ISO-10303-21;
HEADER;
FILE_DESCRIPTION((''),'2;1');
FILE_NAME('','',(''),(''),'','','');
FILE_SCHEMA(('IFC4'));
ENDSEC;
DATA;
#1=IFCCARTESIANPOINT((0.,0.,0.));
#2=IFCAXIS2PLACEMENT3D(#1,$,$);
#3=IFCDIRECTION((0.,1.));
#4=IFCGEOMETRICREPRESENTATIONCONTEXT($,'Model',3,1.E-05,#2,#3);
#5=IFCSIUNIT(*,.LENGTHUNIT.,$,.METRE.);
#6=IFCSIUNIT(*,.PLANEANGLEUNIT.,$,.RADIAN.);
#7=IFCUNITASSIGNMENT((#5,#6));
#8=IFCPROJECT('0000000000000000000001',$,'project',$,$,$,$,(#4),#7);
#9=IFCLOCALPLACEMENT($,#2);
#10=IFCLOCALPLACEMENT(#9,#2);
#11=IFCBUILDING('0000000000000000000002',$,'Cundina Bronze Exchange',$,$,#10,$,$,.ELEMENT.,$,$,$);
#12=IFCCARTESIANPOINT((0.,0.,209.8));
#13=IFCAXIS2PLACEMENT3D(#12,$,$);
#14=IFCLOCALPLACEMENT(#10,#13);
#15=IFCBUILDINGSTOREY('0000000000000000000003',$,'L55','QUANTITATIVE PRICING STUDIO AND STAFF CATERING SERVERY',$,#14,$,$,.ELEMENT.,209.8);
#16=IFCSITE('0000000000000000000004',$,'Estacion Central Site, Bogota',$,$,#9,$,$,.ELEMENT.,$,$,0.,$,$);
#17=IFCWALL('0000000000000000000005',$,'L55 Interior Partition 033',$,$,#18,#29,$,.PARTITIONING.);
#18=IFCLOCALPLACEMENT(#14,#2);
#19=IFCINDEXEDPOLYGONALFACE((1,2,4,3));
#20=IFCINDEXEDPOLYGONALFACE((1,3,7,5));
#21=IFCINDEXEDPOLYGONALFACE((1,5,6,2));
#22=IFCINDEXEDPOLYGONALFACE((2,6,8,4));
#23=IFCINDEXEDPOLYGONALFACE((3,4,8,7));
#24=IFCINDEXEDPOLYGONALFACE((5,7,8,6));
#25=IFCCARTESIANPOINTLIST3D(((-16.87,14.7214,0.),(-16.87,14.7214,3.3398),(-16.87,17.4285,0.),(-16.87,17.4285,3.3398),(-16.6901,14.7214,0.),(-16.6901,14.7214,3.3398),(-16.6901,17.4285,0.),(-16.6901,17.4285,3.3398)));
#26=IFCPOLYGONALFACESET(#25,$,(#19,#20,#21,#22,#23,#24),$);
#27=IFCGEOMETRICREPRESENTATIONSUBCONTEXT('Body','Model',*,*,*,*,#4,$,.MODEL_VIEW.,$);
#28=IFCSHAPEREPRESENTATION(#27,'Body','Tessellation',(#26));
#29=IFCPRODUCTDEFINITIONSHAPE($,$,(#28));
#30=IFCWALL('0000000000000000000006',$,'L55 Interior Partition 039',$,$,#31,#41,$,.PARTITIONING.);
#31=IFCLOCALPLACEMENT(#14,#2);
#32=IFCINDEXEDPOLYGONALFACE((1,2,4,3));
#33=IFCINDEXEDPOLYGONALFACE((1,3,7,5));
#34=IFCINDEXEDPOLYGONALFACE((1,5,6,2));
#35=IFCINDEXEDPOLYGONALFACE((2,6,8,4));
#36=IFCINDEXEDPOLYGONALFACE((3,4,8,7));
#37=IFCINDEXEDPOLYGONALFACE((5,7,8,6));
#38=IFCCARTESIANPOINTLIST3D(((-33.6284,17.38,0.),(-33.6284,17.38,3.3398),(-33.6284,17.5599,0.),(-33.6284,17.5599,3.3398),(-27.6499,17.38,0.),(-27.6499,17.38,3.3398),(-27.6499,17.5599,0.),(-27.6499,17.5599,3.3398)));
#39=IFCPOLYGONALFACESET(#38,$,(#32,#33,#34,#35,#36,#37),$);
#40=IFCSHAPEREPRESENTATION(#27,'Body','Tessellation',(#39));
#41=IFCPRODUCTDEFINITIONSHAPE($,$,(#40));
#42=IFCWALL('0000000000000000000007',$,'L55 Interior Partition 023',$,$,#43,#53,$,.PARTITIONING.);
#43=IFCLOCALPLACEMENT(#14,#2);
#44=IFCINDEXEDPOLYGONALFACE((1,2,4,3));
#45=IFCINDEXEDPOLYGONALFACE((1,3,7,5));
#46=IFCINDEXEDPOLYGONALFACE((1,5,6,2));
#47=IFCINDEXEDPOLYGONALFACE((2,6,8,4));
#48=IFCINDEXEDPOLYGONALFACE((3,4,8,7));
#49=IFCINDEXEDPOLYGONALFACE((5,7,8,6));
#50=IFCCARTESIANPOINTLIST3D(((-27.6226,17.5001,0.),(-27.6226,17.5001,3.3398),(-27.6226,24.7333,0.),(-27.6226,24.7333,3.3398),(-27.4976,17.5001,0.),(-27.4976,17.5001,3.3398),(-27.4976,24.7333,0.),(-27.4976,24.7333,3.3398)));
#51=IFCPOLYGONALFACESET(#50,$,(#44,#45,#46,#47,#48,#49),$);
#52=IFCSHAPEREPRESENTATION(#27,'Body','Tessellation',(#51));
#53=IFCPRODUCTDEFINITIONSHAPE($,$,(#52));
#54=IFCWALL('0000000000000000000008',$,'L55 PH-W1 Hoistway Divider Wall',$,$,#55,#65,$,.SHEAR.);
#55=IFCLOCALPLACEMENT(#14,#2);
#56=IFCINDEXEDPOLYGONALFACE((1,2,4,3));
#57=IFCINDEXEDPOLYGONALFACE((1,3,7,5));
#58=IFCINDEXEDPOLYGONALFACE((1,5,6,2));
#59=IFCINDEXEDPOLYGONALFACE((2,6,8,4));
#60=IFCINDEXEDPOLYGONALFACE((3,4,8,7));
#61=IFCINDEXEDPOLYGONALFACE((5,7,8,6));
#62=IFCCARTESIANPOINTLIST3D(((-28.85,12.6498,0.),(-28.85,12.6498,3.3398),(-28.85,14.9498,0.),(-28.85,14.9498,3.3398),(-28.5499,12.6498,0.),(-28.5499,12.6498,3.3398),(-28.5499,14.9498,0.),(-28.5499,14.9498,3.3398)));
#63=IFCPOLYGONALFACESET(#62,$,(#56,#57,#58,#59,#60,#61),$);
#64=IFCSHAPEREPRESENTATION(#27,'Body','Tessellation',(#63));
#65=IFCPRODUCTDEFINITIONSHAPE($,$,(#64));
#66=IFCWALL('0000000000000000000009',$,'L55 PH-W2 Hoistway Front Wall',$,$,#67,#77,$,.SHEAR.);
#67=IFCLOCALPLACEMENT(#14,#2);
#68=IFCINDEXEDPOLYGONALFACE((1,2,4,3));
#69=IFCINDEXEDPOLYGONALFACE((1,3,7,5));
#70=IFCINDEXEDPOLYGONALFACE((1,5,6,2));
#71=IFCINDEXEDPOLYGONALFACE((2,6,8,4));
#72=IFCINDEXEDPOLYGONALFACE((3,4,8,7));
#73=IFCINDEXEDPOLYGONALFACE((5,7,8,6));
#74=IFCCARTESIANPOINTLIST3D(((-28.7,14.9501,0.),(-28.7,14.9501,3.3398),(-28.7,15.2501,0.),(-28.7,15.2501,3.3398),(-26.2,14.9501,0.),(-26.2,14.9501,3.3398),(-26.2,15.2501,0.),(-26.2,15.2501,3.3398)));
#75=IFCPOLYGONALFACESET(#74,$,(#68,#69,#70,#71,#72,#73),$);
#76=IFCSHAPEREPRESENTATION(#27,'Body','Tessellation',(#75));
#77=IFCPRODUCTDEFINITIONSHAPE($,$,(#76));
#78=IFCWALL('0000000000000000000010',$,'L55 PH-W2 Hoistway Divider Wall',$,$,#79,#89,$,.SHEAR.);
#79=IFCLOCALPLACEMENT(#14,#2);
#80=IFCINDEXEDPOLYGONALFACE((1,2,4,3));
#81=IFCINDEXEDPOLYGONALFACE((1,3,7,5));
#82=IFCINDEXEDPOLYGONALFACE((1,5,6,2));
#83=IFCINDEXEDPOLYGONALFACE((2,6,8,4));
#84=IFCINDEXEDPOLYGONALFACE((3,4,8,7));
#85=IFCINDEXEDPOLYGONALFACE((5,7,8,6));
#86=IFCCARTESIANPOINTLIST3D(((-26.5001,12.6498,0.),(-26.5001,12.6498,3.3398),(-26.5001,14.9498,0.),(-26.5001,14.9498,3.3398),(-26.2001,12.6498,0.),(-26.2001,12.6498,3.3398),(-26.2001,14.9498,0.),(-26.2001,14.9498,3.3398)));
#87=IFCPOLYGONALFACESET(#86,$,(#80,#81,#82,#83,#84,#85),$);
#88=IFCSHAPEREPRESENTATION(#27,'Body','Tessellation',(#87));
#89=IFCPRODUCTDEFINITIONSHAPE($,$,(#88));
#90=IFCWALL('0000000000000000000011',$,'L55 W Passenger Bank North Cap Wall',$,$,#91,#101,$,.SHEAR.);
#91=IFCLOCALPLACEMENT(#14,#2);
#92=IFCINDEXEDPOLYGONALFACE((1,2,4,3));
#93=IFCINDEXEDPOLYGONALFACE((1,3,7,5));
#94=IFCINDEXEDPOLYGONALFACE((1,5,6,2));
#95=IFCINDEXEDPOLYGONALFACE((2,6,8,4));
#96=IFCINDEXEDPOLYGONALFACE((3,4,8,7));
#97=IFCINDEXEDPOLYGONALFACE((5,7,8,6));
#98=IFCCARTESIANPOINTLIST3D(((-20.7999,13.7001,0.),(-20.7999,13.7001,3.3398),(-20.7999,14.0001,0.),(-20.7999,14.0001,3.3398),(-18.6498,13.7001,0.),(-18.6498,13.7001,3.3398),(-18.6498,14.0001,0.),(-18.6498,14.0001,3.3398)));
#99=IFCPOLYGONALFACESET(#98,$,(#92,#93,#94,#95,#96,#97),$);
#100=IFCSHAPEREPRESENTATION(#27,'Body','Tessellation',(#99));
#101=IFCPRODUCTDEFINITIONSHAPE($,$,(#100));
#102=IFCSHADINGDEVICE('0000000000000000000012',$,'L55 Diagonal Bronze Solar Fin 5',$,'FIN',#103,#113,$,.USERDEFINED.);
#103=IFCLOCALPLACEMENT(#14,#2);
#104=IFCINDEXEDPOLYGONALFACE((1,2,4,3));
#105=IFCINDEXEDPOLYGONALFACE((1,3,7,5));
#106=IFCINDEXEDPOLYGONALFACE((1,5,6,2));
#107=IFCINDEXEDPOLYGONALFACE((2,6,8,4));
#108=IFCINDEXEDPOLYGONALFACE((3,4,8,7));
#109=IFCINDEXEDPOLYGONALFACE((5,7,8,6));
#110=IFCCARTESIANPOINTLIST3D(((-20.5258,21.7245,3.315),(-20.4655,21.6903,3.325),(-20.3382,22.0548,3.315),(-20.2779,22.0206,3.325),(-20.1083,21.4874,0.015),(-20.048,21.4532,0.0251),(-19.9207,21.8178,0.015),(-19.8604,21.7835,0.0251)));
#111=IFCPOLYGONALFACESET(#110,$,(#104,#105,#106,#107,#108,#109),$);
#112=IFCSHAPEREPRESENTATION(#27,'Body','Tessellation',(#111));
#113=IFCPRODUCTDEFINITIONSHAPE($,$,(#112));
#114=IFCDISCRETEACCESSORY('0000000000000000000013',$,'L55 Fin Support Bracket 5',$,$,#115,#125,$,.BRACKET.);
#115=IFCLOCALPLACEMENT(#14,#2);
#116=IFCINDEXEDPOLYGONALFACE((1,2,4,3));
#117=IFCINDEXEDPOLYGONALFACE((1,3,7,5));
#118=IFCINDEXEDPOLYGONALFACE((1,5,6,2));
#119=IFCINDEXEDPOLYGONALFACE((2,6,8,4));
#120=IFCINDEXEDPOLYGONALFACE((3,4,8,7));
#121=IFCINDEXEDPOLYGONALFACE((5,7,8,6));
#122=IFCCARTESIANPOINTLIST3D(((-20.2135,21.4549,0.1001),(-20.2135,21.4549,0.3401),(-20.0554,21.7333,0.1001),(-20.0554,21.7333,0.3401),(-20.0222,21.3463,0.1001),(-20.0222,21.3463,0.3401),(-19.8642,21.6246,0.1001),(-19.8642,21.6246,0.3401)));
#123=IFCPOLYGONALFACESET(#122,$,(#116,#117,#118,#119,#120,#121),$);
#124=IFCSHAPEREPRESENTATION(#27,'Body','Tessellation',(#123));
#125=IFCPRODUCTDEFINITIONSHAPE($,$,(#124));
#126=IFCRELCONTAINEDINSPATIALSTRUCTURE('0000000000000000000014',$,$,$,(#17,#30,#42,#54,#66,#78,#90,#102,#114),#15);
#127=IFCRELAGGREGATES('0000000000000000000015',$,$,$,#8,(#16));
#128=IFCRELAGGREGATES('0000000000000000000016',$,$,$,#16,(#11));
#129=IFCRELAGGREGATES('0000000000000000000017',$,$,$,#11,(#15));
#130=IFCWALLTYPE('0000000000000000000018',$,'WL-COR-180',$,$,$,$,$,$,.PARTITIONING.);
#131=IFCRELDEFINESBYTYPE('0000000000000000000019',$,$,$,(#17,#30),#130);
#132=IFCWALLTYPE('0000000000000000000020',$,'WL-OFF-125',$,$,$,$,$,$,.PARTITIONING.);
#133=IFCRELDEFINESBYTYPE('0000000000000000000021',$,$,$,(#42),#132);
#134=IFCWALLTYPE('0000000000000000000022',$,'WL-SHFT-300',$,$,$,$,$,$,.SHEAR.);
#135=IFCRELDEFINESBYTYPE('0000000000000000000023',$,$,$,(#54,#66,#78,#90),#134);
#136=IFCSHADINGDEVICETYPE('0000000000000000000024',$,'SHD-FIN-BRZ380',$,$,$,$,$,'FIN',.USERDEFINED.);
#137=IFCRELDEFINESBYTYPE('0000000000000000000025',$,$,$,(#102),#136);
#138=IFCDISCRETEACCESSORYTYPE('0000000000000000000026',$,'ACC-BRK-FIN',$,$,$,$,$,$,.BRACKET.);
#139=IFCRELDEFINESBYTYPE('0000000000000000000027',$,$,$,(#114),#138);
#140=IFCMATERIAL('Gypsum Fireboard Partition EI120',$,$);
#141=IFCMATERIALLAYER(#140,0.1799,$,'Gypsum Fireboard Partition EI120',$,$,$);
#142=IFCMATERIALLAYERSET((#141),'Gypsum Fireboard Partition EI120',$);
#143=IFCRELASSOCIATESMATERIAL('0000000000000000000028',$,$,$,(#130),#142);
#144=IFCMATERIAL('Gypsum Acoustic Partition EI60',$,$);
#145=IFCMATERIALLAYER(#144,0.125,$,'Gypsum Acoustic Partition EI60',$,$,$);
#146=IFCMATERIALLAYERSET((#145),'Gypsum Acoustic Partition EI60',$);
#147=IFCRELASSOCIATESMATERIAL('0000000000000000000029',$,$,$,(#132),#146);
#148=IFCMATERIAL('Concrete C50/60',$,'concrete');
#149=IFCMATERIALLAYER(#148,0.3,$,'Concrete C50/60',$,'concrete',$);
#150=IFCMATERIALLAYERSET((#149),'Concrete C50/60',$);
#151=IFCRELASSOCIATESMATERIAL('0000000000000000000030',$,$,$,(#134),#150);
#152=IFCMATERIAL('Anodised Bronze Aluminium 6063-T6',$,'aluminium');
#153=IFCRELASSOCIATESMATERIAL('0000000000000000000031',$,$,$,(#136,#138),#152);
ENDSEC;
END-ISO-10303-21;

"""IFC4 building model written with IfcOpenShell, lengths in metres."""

from ifc_helpers import new_model, si_unit, direction, frame, frame_2d, origin, origin_2d, place, context, subcontext, project, spatial, rectangle, extrude, material, layer, layer_set, material_profile, profile_set, type_object, element, save


model = new_model("IFC4")

# Units and contexts
model_context = context("Model", 3, precision=1e-05, world=origin(), true_north=direction((0.0, 1.0)))
body_context = subcontext(model_context, "Body", "Model", "MODEL_VIEW")
ifc_project = project(units=[si_unit("LENGTHUNIT", "METRE"), si_unit("PLANEANGLEUNIT", "RADIAN")], contexts=[model_context])

# Site, building, storey
site_placement = place(None, origin())
site = spatial("IfcSite", under=ifc_project, at=site_placement, Name="Estacion Central Site, Bogota", CompositionType="ELEMENT", RefElevation=0.0)
building_placement = place(site_placement, origin())
building = spatial("IfcBuilding", under=site, at=building_placement, Name="Cundina Bronze Exchange", CompositionType="ELEMENT")
storey_placement = place(building_placement, frame((0.0, 0.0, 209.8)))
storey = spatial("IfcBuildingStorey", under=building, at=storey_placement, Name="L55", Description="QUANTITATIVE PRICING STUDIO AND STAFF CATERING SERVERY", CompositionType="ELEMENT", Elevation=209.8)

# Shared definitions
ifc_material_1 = material(Name="Concrete C50/60", Category="concrete")

# Shared definitions
ifc_material_2 = material(Name="Anodised Bronze Aluminium 6063-T6", Category="aluminium")

# Shared definitions
ifc_material_3 = material(Name="Gypsum Fireboard Partition EI120")
ifc_layer_1 = layer(ifc_material_3, 0.1799, Name="Gypsum Fireboard Partition EI120")
ifc_layer_set_1 = layer_set([ifc_layer_1], Name="Gypsum Fireboard Partition EI120")
wall_type_1 = type_object("IfcWallType", Name="WL-COR-180", PredefinedType="PARTITIONING", material=ifc_layer_set_1)

# Walls
wall_1_placement = place(storey_placement, frame((-16.78, 14.7214, 0.0), z_axis=(0.0, 0.0, 1.0), x_axis=(0.0, 1.0, 0.0)))
element("IfcWall", 1, at=wall_1_placement, inside=storey, type_object=wall_type_1, Name="L55 Interior Partition 033", PredefinedType="PARTITIONING", context=body_context, shape_type="SweptSolid", body=[
    extrude(rectangle(XDim=2.707, YDim=0.1799, at=frame_2d((1.3535, 0.0))), origin(), (0.0, 0.0, 1.0), 3.3398),
])
wall_2_placement = place(storey_placement, frame((-27.6499, 17.47, 0.0), z_axis=(0.0, 0.0, 1.0), x_axis=(-1.0, 0.0, 0.0)))
element("IfcWall", 2, at=wall_2_placement, inside=storey, type_object=wall_type_1, Name="L55 Interior Partition 039", PredefinedType="PARTITIONING", context=body_context, shape_type="SweptSolid", body=[
    extrude(rectangle(XDim=5.9785, YDim=0.1799, at=frame_2d((2.9893, 0.0))), origin(), (0.0, 0.0, 1.0), 3.3398),
])
ifc_material_4 = material(Name="Gypsum Acoustic Partition EI60")
ifc_layer_2 = layer(ifc_material_4, 0.125, Name="Gypsum Acoustic Partition EI60")
ifc_layer_set_2 = layer_set([ifc_layer_2], Name="Gypsum Acoustic Partition EI60")
wall_type_2 = type_object("IfcWallType", Name="WL-OFF-125", PredefinedType="PARTITIONING", material=ifc_layer_set_2)
wall_3_placement = place(storey_placement, frame((-27.5601, 17.5, 0.0), z_axis=(0.0, 0.0, 1.0), x_axis=(0.0, 1.0, 0.0)))
element("IfcWall", 3, at=wall_3_placement, inside=storey, type_object=wall_type_2, Name="L55 Interior Partition 023", PredefinedType="PARTITIONING", context=body_context, shape_type="SweptSolid", body=[
    extrude(rectangle(XDim=7.2332, YDim=0.125, at=frame_2d((3.6167, 0.0))), origin(), (0.0, 0.0, 1.0), 3.3398),
])
ifc_layer_3 = layer(ifc_material_1, 0.3, Name="Concrete C50/60", Category="concrete")
ifc_layer_set_3 = layer_set([ifc_layer_3], Name="Concrete C50/60")
wall_type_3 = type_object("IfcWallType", Name="WL-SHFT-300", PredefinedType="SHEAR", material=ifc_layer_set_3)
wall_4_placement = place(storey_placement, frame((-28.7, 12.6499, 0.0), z_axis=(0.0, 0.0, 1.0), x_axis=(0.0, 1.0, 0.0)))
element("IfcWall", 4, at=wall_4_placement, inside=storey, type_object=wall_type_3, Name="L55 PH-W1 Hoistway Divider Wall", PredefinedType="SHEAR", context=body_context, shape_type="SweptSolid", body=[
    extrude(rectangle(XDim=2.3, YDim=0.3, at=frame_2d((1.1499, 0.0))), origin(), (0.0, 0.0, 1.0), 3.3398),
])
wall_5_placement = place(storey_placement, frame((-28.7, 15.1001, 0.0), z_axis=(0.0, 0.0, 1.0), x_axis=(1.0, 0.0, 0.0)))
element("IfcWall", 5, at=wall_5_placement, inside=storey, type_object=wall_type_3, Name="L55 PH-W2 Hoistway Front Wall", PredefinedType="SHEAR", context=body_context, shape_type="SweptSolid", body=[
    extrude(rectangle(XDim=2.5, YDim=0.3, at=frame_2d((1.25, 0.0))), origin(), (0.0, 0.0, 1.0), 3.3398),
])
wall_6_placement = place(storey_placement, frame((-26.3501, 12.6499, 0.0), z_axis=(0.0, 0.0, 1.0), x_axis=(0.0, 1.0, 0.0)))
element("IfcWall", 6, at=wall_6_placement, inside=storey, type_object=wall_type_3, Name="L55 PH-W2 Hoistway Divider Wall", PredefinedType="SHEAR", context=body_context, shape_type="SweptSolid", body=[
    extrude(rectangle(XDim=2.3, YDim=0.3, at=frame_2d((1.1499, 0.0))), origin(), (0.0, 0.0, 1.0), 3.3398),
])
wall_7_placement = place(storey_placement, frame((-20.8, 13.8501, 0.0), z_axis=(0.0, 0.0, 1.0), x_axis=(1.0, 0.0, 0.0)))
element("IfcWall", 7, at=wall_7_placement, inside=storey, type_object=wall_type_3, Name="L55 W Passenger Bank North Cap Wall", PredefinedType="SHEAR", context=body_context, shape_type="SweptSolid", body=[
    extrude(rectangle(XDim=2.1501, YDim=0.3, at=frame_2d((1.0752, 0.0))), origin(), (0.0, 0.0, 1.0), 3.3398),
])

# Shading device
ifc_material_profile_1 = material_profile(ifc_material_2, rectangle(XDim=0.0701, YDim=0.3799, at=origin_2d()), Name="FIN70X380", Category="aluminium")
ifc_profile_set_1 = profile_set([ifc_material_profile_1], Name="Anodised Bronze Aluminium 6063-T6")
shading_device_type = type_object("IfcShadingDeviceType", Name="SHD-FIN-BRZ380", ElementType="FIN", PredefinedType="USERDEFINED", material=ifc_profile_set_1)
shading_device_placement = place(storey_placement, frame((-19.9844, 21.6355, 0.02), z_axis=(-0.12519, 0.071087, 0.989583), x_axis=(0.860527, -0.488638, 0.143965)))
element("IfcShadingDevice", 8, at=shading_device_placement, inside=storey, type_object=shading_device_type, Name="L55 Diagonal Bronze Solar Fin 5", ObjectType="FIN", PredefinedType="USERDEFINED", context=body_context, shape_type="SweptSolid", body=[
    extrude(rectangle(XDim=0.0701, YDim=0.3799, at=origin_2d()), origin(), (0.0, 0.0, 1.0), 3.3347),
])

# Discrete accessory
discrete_accessory_type = type_object("IfcDiscreteAccessoryType", Name="ACC-BRK-FIN", PredefinedType="BRACKET", material=ifc_material_2)
discrete_accessory_placement = place(storey_placement, frame((-20.0388, 21.5398, 0.1001), z_axis=(0.0, 0.0, 1.0), x_axis=(-0.869573, 0.493805, 0.0)))
element("IfcDiscreteAccessory", 9, at=discrete_accessory_placement, inside=storey, type_object=discrete_accessory_type, Name="L55 Fin Support Bracket 5", PredefinedType="BRACKET", context=body_context, shape_type="SweptSolid", body=[
    extrude(rectangle(XDim=0.22, YDim=0.3201, at=origin_2d()), origin(), (0.0, 0.0, 1.0), 0.24),
])

save(model, "model.ifc")
